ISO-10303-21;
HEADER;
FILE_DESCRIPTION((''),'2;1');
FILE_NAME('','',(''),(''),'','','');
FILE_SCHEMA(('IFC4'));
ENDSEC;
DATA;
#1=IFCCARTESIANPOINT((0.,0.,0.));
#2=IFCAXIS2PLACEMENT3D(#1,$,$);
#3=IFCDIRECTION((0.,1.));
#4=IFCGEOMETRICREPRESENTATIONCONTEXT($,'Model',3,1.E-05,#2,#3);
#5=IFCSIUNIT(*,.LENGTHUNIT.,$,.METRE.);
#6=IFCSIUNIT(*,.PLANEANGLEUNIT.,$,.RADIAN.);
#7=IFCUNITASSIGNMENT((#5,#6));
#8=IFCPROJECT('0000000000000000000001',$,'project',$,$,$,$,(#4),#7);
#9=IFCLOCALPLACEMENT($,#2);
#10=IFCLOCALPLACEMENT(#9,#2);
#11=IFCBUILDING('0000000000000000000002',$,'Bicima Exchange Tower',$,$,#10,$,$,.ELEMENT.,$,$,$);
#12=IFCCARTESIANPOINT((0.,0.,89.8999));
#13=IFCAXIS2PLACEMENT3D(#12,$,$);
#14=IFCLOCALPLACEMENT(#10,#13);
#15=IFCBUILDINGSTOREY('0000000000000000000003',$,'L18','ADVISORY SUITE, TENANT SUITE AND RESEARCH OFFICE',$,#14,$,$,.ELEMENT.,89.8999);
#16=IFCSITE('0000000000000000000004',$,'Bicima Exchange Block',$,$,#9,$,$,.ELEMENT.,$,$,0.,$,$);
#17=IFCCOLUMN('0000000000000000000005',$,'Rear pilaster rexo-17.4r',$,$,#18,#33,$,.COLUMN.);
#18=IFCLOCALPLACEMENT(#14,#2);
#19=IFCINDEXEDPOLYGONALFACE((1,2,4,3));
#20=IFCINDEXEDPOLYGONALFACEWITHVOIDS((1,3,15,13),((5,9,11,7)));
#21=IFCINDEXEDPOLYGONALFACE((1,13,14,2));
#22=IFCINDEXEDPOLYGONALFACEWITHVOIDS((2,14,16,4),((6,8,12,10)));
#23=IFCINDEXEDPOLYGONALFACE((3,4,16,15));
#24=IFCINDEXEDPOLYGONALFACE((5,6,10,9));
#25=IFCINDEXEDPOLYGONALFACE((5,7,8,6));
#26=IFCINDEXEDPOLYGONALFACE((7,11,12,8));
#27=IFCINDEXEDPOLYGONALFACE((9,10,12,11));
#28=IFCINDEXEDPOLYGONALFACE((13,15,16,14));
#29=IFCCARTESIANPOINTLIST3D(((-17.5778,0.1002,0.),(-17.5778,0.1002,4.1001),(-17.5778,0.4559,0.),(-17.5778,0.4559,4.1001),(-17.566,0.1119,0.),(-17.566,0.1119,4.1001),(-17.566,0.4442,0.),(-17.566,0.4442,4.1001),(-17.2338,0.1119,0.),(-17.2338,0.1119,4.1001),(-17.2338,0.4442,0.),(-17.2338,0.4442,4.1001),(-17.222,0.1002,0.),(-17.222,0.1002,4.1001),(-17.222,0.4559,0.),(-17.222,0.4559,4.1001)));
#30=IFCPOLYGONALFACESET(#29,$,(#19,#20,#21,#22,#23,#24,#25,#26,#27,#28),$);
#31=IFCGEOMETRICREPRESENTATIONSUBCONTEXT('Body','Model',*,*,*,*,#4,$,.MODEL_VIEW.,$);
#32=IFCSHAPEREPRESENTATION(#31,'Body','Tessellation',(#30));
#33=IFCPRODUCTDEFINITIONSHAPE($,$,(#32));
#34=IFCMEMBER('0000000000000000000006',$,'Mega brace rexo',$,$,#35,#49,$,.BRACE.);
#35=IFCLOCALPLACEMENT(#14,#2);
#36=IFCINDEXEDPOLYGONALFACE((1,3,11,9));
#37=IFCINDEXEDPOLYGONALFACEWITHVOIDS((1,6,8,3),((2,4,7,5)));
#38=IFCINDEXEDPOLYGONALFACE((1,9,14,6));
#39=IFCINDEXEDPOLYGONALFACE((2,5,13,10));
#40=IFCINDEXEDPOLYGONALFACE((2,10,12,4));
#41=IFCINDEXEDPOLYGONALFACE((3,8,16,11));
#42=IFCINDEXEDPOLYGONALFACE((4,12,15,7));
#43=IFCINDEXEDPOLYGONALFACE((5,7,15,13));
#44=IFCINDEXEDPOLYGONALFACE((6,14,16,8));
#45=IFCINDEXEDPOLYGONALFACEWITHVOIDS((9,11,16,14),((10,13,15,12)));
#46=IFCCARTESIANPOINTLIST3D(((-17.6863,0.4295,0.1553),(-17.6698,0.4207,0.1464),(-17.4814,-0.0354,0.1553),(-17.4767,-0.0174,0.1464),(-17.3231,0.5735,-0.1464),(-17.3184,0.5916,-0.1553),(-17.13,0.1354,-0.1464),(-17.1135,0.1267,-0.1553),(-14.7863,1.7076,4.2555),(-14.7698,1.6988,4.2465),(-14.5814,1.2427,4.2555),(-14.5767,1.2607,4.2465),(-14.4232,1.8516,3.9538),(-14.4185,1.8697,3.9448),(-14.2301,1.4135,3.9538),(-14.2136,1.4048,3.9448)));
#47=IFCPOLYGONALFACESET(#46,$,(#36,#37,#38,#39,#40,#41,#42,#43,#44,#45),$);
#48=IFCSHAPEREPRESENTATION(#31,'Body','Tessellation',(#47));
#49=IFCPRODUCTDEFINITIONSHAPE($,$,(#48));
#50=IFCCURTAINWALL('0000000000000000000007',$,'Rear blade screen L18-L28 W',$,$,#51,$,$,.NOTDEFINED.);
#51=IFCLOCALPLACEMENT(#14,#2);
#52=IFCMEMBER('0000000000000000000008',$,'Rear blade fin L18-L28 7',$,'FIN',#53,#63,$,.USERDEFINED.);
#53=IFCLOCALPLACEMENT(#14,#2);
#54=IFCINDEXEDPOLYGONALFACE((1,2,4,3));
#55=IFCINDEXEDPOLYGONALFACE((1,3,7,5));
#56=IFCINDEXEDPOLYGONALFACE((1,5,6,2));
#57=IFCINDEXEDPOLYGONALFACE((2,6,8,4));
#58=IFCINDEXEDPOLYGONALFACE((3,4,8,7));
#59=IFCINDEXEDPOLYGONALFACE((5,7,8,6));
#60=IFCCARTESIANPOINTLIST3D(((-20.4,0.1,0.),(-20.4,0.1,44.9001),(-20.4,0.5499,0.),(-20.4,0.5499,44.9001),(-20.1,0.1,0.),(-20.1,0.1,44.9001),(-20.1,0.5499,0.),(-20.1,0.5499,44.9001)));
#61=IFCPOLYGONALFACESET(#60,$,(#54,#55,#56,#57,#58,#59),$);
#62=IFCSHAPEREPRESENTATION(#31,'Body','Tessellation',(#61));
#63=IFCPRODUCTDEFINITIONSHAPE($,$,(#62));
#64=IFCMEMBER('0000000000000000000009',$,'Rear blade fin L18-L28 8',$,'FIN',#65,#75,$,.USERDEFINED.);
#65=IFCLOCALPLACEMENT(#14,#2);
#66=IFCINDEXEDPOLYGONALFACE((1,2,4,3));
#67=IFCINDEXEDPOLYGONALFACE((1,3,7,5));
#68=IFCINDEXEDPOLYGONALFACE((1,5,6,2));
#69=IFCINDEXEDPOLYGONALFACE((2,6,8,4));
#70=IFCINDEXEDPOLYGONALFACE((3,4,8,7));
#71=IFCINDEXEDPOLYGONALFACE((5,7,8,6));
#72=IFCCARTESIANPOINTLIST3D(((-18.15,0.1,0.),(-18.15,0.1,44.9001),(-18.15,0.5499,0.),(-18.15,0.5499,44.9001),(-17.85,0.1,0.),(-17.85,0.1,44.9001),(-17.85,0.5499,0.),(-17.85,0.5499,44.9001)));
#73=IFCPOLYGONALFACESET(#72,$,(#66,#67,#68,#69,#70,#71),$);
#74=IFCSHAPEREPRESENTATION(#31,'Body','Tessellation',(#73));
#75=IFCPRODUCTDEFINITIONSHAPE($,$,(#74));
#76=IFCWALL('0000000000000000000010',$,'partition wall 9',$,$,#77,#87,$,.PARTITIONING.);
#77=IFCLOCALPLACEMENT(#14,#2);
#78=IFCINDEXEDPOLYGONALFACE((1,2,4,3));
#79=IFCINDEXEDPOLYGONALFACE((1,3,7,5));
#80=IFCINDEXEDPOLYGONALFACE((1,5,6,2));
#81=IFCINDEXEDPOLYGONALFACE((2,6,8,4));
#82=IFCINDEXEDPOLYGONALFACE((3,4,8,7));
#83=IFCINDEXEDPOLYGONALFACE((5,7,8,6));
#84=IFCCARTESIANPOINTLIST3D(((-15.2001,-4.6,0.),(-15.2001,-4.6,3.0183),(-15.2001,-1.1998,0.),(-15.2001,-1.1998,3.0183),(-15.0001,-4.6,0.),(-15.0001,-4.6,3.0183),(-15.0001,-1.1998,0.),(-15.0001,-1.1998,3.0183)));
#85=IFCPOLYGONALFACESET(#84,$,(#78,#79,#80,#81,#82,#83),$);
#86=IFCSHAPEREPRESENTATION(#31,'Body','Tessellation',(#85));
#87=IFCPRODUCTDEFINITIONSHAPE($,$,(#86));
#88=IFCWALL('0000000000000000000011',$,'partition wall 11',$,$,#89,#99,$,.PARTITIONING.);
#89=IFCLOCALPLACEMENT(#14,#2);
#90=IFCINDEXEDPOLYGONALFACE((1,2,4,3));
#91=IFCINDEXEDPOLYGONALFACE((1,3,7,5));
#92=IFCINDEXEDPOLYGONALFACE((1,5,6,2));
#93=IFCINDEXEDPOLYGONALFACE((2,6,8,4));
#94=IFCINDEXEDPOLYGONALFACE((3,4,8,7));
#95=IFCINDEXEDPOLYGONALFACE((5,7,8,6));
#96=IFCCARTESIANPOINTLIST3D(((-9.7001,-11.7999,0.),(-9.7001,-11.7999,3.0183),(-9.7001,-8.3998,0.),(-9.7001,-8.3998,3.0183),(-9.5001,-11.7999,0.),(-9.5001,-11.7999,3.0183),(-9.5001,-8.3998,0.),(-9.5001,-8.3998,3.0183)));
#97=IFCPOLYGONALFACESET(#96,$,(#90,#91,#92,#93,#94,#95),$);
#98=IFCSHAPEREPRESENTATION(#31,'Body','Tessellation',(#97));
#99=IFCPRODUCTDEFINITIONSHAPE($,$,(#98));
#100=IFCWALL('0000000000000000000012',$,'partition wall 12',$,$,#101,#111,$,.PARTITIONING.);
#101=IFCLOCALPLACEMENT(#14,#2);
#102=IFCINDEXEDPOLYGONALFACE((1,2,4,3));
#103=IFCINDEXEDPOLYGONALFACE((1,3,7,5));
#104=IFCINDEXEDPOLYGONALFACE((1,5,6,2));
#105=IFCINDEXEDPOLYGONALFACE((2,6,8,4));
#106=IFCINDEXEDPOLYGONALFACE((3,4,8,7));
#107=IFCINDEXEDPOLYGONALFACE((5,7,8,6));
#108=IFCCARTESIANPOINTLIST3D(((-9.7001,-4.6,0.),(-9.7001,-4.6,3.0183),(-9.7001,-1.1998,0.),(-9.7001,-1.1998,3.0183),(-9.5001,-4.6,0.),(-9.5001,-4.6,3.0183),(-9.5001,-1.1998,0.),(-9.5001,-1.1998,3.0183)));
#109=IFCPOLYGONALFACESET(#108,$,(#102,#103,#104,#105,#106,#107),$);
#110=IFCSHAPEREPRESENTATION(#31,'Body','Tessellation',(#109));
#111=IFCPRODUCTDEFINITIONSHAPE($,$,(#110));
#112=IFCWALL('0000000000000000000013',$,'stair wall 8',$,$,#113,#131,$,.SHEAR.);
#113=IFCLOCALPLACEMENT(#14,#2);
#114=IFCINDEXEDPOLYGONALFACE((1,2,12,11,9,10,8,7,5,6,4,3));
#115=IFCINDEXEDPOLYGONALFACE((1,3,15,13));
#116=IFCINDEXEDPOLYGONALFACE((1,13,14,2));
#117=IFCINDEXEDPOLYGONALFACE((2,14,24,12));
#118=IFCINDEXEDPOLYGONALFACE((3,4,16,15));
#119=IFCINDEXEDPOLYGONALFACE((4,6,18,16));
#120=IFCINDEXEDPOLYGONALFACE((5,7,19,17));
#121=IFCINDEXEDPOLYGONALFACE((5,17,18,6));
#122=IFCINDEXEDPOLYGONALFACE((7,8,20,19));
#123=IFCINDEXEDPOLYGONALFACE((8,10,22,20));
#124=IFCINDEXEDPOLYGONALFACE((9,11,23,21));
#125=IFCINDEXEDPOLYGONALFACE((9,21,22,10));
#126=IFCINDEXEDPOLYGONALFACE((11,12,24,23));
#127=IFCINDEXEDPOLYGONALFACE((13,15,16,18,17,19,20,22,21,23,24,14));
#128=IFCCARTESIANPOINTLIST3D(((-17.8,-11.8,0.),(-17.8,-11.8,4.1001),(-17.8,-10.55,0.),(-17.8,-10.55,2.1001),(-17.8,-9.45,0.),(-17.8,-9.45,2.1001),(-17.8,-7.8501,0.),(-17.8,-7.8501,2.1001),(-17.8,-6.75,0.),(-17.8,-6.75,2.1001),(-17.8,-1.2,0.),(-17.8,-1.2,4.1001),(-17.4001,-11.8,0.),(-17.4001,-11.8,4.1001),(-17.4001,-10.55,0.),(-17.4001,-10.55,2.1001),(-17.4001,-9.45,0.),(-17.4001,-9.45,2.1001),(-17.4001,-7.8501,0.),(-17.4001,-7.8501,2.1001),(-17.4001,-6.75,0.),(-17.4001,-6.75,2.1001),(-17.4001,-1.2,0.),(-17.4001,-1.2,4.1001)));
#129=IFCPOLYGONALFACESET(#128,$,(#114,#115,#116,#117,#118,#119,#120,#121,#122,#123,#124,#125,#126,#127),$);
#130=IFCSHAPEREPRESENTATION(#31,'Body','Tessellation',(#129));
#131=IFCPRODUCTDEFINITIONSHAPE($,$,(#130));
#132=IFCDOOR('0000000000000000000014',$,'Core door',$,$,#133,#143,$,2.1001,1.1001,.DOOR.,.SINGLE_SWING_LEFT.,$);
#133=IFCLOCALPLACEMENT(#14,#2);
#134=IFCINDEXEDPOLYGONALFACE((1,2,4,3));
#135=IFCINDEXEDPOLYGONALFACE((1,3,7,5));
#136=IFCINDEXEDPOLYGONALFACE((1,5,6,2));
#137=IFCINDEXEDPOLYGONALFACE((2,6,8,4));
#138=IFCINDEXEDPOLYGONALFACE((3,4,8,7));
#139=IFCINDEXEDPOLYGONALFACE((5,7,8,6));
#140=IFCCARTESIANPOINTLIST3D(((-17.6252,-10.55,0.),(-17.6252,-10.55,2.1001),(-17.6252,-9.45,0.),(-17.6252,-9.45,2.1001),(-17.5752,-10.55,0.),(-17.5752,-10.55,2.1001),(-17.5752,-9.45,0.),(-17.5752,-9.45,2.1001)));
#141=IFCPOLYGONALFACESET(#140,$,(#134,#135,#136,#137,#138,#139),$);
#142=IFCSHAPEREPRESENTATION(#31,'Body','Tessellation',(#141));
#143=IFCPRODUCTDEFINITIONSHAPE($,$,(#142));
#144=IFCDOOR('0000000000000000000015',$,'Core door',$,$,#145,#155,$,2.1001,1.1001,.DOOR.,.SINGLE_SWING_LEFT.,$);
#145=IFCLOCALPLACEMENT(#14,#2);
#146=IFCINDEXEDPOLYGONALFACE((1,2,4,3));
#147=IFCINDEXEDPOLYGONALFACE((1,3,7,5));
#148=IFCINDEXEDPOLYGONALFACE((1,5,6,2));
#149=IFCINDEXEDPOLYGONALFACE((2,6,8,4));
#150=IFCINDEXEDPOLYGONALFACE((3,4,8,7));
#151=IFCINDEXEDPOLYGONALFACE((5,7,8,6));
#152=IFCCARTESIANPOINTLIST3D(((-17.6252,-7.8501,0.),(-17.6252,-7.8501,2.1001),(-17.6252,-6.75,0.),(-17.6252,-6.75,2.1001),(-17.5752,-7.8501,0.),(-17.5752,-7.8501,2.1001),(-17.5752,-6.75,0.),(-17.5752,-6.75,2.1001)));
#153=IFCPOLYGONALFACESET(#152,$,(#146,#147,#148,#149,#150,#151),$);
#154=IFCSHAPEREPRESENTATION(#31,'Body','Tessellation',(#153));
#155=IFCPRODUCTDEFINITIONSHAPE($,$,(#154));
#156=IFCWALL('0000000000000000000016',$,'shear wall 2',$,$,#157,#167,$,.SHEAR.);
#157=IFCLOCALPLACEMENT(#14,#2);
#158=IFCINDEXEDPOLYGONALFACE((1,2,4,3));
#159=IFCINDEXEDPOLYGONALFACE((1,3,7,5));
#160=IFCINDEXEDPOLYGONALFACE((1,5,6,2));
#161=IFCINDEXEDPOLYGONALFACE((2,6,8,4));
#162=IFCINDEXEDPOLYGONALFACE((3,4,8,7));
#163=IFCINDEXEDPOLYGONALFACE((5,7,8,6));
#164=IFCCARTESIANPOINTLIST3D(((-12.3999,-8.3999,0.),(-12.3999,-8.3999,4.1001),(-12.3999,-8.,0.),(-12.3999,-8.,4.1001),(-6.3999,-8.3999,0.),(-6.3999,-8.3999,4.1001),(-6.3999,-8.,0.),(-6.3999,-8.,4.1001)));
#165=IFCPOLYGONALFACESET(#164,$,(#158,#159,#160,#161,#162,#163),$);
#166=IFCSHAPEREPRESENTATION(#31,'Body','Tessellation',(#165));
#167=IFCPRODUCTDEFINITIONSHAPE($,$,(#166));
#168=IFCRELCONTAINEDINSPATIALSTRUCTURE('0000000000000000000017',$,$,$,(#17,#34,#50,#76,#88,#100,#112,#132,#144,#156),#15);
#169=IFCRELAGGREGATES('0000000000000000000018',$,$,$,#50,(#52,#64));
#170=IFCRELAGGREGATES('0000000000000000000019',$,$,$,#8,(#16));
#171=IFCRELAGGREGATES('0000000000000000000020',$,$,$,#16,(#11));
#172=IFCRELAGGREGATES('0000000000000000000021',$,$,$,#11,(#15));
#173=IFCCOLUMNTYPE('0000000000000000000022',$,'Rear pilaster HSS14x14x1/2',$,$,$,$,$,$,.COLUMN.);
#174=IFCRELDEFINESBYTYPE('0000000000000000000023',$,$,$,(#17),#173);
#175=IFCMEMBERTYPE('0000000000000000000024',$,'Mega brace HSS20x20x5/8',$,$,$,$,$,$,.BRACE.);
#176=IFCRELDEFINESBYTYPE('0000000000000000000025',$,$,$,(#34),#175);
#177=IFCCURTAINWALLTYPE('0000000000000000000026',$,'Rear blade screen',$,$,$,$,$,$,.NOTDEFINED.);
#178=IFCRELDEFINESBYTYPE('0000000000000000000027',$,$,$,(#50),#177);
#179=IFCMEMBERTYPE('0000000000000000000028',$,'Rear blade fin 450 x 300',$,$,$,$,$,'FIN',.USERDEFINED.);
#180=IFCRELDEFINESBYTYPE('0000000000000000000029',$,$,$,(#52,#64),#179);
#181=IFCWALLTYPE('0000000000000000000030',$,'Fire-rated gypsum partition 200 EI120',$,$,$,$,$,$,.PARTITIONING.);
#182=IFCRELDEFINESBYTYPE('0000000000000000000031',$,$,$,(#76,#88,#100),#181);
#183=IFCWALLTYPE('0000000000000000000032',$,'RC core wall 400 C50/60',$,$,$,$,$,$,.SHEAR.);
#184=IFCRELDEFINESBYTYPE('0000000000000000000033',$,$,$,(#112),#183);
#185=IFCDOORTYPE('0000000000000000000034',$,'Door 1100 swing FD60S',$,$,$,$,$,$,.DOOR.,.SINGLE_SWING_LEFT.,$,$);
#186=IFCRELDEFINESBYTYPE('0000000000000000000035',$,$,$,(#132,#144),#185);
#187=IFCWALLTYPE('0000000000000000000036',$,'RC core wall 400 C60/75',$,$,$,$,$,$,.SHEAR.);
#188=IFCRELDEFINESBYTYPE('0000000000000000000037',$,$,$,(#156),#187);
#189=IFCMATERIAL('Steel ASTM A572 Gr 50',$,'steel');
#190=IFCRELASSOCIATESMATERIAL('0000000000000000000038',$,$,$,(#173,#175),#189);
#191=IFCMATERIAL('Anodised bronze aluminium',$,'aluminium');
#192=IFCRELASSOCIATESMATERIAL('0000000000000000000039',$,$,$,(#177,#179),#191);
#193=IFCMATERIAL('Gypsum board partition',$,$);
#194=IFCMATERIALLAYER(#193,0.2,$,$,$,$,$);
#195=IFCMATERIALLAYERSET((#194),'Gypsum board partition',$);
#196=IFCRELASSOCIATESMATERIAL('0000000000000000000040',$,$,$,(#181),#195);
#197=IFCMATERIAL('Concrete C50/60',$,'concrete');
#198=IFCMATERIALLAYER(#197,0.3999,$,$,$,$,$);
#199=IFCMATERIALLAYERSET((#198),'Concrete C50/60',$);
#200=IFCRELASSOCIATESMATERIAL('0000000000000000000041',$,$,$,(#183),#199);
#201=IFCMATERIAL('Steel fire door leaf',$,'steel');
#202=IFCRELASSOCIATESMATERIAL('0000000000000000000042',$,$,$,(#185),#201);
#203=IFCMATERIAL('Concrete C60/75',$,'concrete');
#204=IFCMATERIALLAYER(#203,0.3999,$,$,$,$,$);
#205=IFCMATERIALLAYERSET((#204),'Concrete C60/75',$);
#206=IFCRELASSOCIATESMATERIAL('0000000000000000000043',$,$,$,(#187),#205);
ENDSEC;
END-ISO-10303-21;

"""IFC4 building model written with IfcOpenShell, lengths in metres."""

from ifc_helpers import new_model, si_unit, direction, frame, frame_2d, origin, origin_2d, place, context, subcontext, project, spatial, rectangle, hollow_rectangle, extrude, material, layer, layer_set, material_profile, profile_set, type_object, element, fill, aggregate, save


model = new_model("IFC4")

# Units and contexts
model_context = context("Model", 3, precision=1e-05, world=origin(), true_north=direction((0.0, 1.0)))
body_context = subcontext(model_context, "Body", "Model", "MODEL_VIEW")
ifc_project = project(units=[si_unit("LENGTHUNIT", "METRE"), si_unit("PLANEANGLEUNIT", "RADIAN")], contexts=[model_context])

# Site, building, storey
site_placement = place(None, origin())
site = spatial("IfcSite", under=ifc_project, at=site_placement, Name="Bicima Exchange Block", CompositionType="ELEMENT", RefElevation=0.0)
building_placement = place(site_placement, origin())
building = spatial("IfcBuilding", under=site, at=building_placement, Name="Bicima Exchange Tower", CompositionType="ELEMENT")
storey_placement = place(building_placement, frame((0.0, 0.0, 89.8999)))
storey = spatial("IfcBuildingStorey", under=building, at=storey_placement, Name="L18", Description="ADVISORY SUITE, TENANT SUITE AND RESEARCH OFFICE", CompositionType="ELEMENT", Elevation=89.8999)

# Column
ifc_material_1 = material(Name="Steel ASTM A572 Gr 50", Category="steel")
ifc_material_profile_1 = material_profile(ifc_material_1, hollow_rectangle(XDim=0.3557, YDim=0.3557, WallThickness=0.0117, at=origin_2d()))
ifc_profile_set_1 = profile_set([ifc_material_profile_1], Name="Steel ASTM A572 Gr 50")
column_type = type_object("IfcColumnType", Name="Rear pilaster HSS14x14x1/2", PredefinedType="COLUMN", material=ifc_profile_set_1)
column_placement = place(storey_placement, frame((-17.3999, 0.2781, 0.0), z_axis=(0.0, 0.0, 1.0), x_axis=(1.0, 0.0, 0.0)))
element("IfcColumn", 1, at=column_placement, inside=storey, type_object=column_type, Name="Rear pilaster rexo-17.4r", PredefinedType="COLUMN", context=body_context, shape_type="SweptSolid", body=[
    extrude(hollow_rectangle(XDim=0.3557, YDim=0.3557, WallThickness=0.0117, at=origin_2d()), origin(), (0.0, 0.0, 1.0), 4.1001),
])

# Member
ifc_material_profile_2 = material_profile(ifc_material_1, hollow_rectangle(XDim=0.5081, YDim=0.5081, WallThickness=0.0146, at=origin_2d()))
ifc_profile_set_2 = profile_set([ifc_material_profile_2], Name="Steel ASTM A572 Gr 50")
member_type_1 = type_object("IfcMemberType", Name="Mega brace HSS20x20x5/8", PredefinedType="BRACE", material=ifc_profile_set_2)
member_1_placement = place(storey_placement, frame((-17.3999, 0.2781, 0.0), z_axis=(0.559605, 0.246635, 0.79121), x_axis=(-0.403299, 0.915068, 0.0)))
element("IfcMember", 2, at=member_1_placement, inside=storey, type_object=member_type_1, Name="Mega brace rexo", PredefinedType="BRACE", context=body_context, shape_type="SweptSolid", body=[
    extrude(hollow_rectangle(XDim=0.5081, YDim=0.5081, WallThickness=0.0146, at=origin_2d()), origin(), (0.0, 0.0, 1.0), 5.1821),
])

# Curtain wall, members
ifc_material_2 = material(Name="Anodised bronze aluminium", Category="aluminium")
curtain_wall_type = type_object("IfcCurtainWallType", Name="Rear blade screen", PredefinedType="NOTDEFINED", material=ifc_material_2)
curtain_wall_placement = place(storey_placement, origin())
curtain_wall = element("IfcCurtainWall", 3, at=curtain_wall_placement, inside=storey, type_object=curtain_wall_type, Name="Rear blade screen L18-L28 W", PredefinedType="NOTDEFINED")
ifc_material_profile_3 = material_profile(ifc_material_2, rectangle(XDim=0.45, YDim=0.3, at=origin_2d()))
ifc_profile_set_3 = profile_set([ifc_material_profile_3], Name="Anodised bronze aluminium")
member_type_2 = type_object("IfcMemberType", Name="Rear blade fin 450 x 300", ElementType="FIN", PredefinedType="USERDEFINED", material=ifc_profile_set_3)
member_2_placement = place(storey_placement, frame((-20.25, 0.325, 0.0), z_axis=(0.0, 0.0, 1.0), x_axis=(0.0, 1.0, 0.0)))
member_2 = element("IfcMember", 4, at=member_2_placement, type_object=member_type_2, Name="Rear blade fin L18-L28 7", ObjectType="FIN", PredefinedType="USERDEFINED", context=body_context, shape_type="SweptSolid", body=[
    extrude(rectangle(XDim=0.45, YDim=0.3, at=origin_2d()), origin(), (0.0, 0.0, 1.0), 44.9001),
])
member_3_placement = place(storey_placement, frame((-18.0, 0.325, 0.0), z_axis=(0.0, 0.0, 1.0), x_axis=(0.0, 1.0, 0.0)))
member_3 = element("IfcMember", 5, at=member_3_placement, type_object=member_type_2, Name="Rear blade fin L18-L28 8", ObjectType="FIN", PredefinedType="USERDEFINED", context=body_context, shape_type="SweptSolid", body=[
    extrude(rectangle(XDim=0.45, YDim=0.3, at=origin_2d()), origin(), (0.0, 0.0, 1.0), 44.9001),
])
aggregate(curtain_wall, [member_2, member_3])

# Walls
ifc_material_3 = material(Name="Gypsum board partition")
ifc_layer_1 = layer(ifc_material_3, 0.2)
ifc_layer_set_1 = layer_set([ifc_layer_1], Name="Gypsum board partition")
wall_type_1 = type_object("IfcWallType", Name="Fire-rated gypsum partition 200 EI120", PredefinedType="PARTITIONING", material=ifc_layer_set_1)
for number, where, z_axis, x_axis, name in (
    (6, (-15.1001, -4.6001, 0.0), (0.0, 0.0, 1.0), (0.0, 1.0, 0.0), "partition wall 9"),
    (7, (-9.6001, -11.8, 0.0), (0.0, 0.0, 1.0), (0.0, 1.0, 0.0), "partition wall 11"),
    (8, (-9.6001, -4.6001, 0.0), (0.0, 0.0, 1.0), (0.0, 1.0, 0.0), "partition wall 12"),
):
    element("IfcWall", number, at=place(storey_placement, frame(where, z_axis=z_axis, x_axis=x_axis)), inside=storey, type_object=wall_type_1, Name=name, PredefinedType="PARTITIONING", context=body_context, shape_type="SweptSolid", body=[
        extrude(rectangle(XDim=3.4001, YDim=0.2, at=frame_2d((1.7002, 0.0))), origin(), (0.0, 0.0, 1.0), 3.0183),
    ])

# Wall, openings, doors
ifc_material_4 = material(Name="Concrete C50/60", Category="concrete")
ifc_layer_2 = layer(ifc_material_4, 0.3999)
ifc_layer_set_2 = layer_set([ifc_layer_2], Name="Concrete C50/60")
wall_type_2 = type_object("IfcWallType", Name="RC core wall 400 C50/60", PredefinedType="SHEAR", material=ifc_layer_set_2)
wall_1_placement = place(storey_placement, frame((-17.6001, -11.8, 0.0), z_axis=(0.0, 0.0, 1.0), x_axis=(0.0, 1.0, 0.0)))
wall_1 = element("IfcWall", 9, at=wall_1_placement, inside=storey, type_object=wall_type_2, Name="stair wall 8", PredefinedType="SHEAR", context=body_context, shape_type="SweptSolid", body=[
    extrude(rectangle(XDim=10.6001, YDim=0.3999, at=frame_2d((5.3, 0.0))), origin(), (0.0, 0.0, 1.0), 4.1001),
])
opening_1_placement = place(wall_1_placement, frame((1.25, 0.0, 0.0)))
opening_1 = element("IfcOpeningElement", 10, at=opening_1_placement, cuts=wall_1, PredefinedType="OPENING", context=body_context, shape_type="SweptSolid", body=[
    extrude(rectangle(XDim=1.1001, YDim=2.1001, at=frame_2d((0.55, 1.05))), frame((0.0, 0.2119, 0.0), z_axis=(0.0, -1.0, 0.0), x_axis=(1.0, 0.0, 0.0)), (0.0, 0.0, 1.0), 0.4238),
])
opening_2_placement = place(wall_1_placement, frame((3.95, 0.0, 0.0)))
opening_2 = element("IfcOpeningElement", 11, at=opening_2_placement, cuts=wall_1, PredefinedType="OPENING", context=body_context, shape_type="SweptSolid", body=[
    extrude(rectangle(XDim=1.1001, YDim=2.1001, at=frame_2d((0.55, 1.05))), frame((0.0, 0.2119, 0.0), z_axis=(0.0, -1.0, 0.0), x_axis=(1.0, 0.0, 0.0)), (0.0, 0.0, 1.0), 0.4238),
])
ifc_material_5 = material(Name="Steel fire door leaf", Category="steel")
door_type_1 = type_object("IfcDoorType", Name="Door 1100 swing FD60S", OperationType="SINGLE_SWING_LEFT", PredefinedType="DOOR", material=ifc_material_5)
door_1_placement = place(opening_1_placement, frame((1.1001, 0.0, 0.0), z_axis=(0.0, 0.0, 1.0), x_axis=(-1.0, 0.0, 0.0)))
door_1 = element("IfcDoor", 12, at=door_1_placement, inside=storey, type_object=door_type_1, Name="Core door", OperationType="SINGLE_SWING_LEFT", OverallHeight=2.1001, OverallWidth=1.1001, PredefinedType="DOOR", context=body_context, shape_type="SweptSolid", body=[
    extrude(rectangle(XDim=1.1001, YDim=2.1001, at=frame_2d((0.55, 1.05))), frame((0.0, 0.0249, 0.0), z_axis=(0.0, -1.0, 0.0), x_axis=(1.0, 0.0, 0.0)), (0.0, 0.0, 1.0), 0.05),
])
fill(opening_1, door_1)
door_2_placement = place(opening_2_placement, frame((1.1001, 0.0, 0.0), z_axis=(0.0, 0.0, 1.0), x_axis=(-1.0, 0.0, 0.0)))
door_2 = element("IfcDoor", 13, at=door_2_placement, inside=storey, type_object=door_type_1, Name="Core door", OperationType="SINGLE_SWING_LEFT", OverallHeight=2.1001, OverallWidth=1.1001, PredefinedType="DOOR", context=body_context, shape_type="SweptSolid", body=[
    extrude(rectangle(XDim=1.1001, YDim=2.1001, at=frame_2d((0.55, 1.05))), frame((0.0, 0.0249, 0.0), z_axis=(0.0, -1.0, 0.0), x_axis=(1.0, 0.0, 0.0)), (0.0, 0.0, 1.0), 0.05),
])
fill(opening_2, door_2)

# Wall
ifc_material_6 = material(Name="Concrete C60/75", Category="concrete")
ifc_layer_3 = layer(ifc_material_6, 0.3999)
ifc_layer_set_3 = layer_set([ifc_layer_3], Name="Concrete C60/75")
wall_type_3 = type_object("IfcWallType", Name="RC core wall 400 C60/75", PredefinedType="SHEAR", material=ifc_layer_set_3)
wall_2_placement = place(storey_placement, frame((-12.3999, -8.2, 0.0), z_axis=(0.0, 0.0, 1.0), x_axis=(1.0, 0.0, 0.0)))
element("IfcWall", 14, at=wall_2_placement, inside=storey, type_object=wall_type_3, Name="shear wall 2", PredefinedType="SHEAR", context=body_context, shape_type="SweptSolid", body=[
    extrude(rectangle(XDim=6.0, YDim=0.3999, at=frame_2d((3.0, 0.0))), origin(), (0.0, 0.0, 1.0), 4.1001),
])

save(model, "model.ifc")
